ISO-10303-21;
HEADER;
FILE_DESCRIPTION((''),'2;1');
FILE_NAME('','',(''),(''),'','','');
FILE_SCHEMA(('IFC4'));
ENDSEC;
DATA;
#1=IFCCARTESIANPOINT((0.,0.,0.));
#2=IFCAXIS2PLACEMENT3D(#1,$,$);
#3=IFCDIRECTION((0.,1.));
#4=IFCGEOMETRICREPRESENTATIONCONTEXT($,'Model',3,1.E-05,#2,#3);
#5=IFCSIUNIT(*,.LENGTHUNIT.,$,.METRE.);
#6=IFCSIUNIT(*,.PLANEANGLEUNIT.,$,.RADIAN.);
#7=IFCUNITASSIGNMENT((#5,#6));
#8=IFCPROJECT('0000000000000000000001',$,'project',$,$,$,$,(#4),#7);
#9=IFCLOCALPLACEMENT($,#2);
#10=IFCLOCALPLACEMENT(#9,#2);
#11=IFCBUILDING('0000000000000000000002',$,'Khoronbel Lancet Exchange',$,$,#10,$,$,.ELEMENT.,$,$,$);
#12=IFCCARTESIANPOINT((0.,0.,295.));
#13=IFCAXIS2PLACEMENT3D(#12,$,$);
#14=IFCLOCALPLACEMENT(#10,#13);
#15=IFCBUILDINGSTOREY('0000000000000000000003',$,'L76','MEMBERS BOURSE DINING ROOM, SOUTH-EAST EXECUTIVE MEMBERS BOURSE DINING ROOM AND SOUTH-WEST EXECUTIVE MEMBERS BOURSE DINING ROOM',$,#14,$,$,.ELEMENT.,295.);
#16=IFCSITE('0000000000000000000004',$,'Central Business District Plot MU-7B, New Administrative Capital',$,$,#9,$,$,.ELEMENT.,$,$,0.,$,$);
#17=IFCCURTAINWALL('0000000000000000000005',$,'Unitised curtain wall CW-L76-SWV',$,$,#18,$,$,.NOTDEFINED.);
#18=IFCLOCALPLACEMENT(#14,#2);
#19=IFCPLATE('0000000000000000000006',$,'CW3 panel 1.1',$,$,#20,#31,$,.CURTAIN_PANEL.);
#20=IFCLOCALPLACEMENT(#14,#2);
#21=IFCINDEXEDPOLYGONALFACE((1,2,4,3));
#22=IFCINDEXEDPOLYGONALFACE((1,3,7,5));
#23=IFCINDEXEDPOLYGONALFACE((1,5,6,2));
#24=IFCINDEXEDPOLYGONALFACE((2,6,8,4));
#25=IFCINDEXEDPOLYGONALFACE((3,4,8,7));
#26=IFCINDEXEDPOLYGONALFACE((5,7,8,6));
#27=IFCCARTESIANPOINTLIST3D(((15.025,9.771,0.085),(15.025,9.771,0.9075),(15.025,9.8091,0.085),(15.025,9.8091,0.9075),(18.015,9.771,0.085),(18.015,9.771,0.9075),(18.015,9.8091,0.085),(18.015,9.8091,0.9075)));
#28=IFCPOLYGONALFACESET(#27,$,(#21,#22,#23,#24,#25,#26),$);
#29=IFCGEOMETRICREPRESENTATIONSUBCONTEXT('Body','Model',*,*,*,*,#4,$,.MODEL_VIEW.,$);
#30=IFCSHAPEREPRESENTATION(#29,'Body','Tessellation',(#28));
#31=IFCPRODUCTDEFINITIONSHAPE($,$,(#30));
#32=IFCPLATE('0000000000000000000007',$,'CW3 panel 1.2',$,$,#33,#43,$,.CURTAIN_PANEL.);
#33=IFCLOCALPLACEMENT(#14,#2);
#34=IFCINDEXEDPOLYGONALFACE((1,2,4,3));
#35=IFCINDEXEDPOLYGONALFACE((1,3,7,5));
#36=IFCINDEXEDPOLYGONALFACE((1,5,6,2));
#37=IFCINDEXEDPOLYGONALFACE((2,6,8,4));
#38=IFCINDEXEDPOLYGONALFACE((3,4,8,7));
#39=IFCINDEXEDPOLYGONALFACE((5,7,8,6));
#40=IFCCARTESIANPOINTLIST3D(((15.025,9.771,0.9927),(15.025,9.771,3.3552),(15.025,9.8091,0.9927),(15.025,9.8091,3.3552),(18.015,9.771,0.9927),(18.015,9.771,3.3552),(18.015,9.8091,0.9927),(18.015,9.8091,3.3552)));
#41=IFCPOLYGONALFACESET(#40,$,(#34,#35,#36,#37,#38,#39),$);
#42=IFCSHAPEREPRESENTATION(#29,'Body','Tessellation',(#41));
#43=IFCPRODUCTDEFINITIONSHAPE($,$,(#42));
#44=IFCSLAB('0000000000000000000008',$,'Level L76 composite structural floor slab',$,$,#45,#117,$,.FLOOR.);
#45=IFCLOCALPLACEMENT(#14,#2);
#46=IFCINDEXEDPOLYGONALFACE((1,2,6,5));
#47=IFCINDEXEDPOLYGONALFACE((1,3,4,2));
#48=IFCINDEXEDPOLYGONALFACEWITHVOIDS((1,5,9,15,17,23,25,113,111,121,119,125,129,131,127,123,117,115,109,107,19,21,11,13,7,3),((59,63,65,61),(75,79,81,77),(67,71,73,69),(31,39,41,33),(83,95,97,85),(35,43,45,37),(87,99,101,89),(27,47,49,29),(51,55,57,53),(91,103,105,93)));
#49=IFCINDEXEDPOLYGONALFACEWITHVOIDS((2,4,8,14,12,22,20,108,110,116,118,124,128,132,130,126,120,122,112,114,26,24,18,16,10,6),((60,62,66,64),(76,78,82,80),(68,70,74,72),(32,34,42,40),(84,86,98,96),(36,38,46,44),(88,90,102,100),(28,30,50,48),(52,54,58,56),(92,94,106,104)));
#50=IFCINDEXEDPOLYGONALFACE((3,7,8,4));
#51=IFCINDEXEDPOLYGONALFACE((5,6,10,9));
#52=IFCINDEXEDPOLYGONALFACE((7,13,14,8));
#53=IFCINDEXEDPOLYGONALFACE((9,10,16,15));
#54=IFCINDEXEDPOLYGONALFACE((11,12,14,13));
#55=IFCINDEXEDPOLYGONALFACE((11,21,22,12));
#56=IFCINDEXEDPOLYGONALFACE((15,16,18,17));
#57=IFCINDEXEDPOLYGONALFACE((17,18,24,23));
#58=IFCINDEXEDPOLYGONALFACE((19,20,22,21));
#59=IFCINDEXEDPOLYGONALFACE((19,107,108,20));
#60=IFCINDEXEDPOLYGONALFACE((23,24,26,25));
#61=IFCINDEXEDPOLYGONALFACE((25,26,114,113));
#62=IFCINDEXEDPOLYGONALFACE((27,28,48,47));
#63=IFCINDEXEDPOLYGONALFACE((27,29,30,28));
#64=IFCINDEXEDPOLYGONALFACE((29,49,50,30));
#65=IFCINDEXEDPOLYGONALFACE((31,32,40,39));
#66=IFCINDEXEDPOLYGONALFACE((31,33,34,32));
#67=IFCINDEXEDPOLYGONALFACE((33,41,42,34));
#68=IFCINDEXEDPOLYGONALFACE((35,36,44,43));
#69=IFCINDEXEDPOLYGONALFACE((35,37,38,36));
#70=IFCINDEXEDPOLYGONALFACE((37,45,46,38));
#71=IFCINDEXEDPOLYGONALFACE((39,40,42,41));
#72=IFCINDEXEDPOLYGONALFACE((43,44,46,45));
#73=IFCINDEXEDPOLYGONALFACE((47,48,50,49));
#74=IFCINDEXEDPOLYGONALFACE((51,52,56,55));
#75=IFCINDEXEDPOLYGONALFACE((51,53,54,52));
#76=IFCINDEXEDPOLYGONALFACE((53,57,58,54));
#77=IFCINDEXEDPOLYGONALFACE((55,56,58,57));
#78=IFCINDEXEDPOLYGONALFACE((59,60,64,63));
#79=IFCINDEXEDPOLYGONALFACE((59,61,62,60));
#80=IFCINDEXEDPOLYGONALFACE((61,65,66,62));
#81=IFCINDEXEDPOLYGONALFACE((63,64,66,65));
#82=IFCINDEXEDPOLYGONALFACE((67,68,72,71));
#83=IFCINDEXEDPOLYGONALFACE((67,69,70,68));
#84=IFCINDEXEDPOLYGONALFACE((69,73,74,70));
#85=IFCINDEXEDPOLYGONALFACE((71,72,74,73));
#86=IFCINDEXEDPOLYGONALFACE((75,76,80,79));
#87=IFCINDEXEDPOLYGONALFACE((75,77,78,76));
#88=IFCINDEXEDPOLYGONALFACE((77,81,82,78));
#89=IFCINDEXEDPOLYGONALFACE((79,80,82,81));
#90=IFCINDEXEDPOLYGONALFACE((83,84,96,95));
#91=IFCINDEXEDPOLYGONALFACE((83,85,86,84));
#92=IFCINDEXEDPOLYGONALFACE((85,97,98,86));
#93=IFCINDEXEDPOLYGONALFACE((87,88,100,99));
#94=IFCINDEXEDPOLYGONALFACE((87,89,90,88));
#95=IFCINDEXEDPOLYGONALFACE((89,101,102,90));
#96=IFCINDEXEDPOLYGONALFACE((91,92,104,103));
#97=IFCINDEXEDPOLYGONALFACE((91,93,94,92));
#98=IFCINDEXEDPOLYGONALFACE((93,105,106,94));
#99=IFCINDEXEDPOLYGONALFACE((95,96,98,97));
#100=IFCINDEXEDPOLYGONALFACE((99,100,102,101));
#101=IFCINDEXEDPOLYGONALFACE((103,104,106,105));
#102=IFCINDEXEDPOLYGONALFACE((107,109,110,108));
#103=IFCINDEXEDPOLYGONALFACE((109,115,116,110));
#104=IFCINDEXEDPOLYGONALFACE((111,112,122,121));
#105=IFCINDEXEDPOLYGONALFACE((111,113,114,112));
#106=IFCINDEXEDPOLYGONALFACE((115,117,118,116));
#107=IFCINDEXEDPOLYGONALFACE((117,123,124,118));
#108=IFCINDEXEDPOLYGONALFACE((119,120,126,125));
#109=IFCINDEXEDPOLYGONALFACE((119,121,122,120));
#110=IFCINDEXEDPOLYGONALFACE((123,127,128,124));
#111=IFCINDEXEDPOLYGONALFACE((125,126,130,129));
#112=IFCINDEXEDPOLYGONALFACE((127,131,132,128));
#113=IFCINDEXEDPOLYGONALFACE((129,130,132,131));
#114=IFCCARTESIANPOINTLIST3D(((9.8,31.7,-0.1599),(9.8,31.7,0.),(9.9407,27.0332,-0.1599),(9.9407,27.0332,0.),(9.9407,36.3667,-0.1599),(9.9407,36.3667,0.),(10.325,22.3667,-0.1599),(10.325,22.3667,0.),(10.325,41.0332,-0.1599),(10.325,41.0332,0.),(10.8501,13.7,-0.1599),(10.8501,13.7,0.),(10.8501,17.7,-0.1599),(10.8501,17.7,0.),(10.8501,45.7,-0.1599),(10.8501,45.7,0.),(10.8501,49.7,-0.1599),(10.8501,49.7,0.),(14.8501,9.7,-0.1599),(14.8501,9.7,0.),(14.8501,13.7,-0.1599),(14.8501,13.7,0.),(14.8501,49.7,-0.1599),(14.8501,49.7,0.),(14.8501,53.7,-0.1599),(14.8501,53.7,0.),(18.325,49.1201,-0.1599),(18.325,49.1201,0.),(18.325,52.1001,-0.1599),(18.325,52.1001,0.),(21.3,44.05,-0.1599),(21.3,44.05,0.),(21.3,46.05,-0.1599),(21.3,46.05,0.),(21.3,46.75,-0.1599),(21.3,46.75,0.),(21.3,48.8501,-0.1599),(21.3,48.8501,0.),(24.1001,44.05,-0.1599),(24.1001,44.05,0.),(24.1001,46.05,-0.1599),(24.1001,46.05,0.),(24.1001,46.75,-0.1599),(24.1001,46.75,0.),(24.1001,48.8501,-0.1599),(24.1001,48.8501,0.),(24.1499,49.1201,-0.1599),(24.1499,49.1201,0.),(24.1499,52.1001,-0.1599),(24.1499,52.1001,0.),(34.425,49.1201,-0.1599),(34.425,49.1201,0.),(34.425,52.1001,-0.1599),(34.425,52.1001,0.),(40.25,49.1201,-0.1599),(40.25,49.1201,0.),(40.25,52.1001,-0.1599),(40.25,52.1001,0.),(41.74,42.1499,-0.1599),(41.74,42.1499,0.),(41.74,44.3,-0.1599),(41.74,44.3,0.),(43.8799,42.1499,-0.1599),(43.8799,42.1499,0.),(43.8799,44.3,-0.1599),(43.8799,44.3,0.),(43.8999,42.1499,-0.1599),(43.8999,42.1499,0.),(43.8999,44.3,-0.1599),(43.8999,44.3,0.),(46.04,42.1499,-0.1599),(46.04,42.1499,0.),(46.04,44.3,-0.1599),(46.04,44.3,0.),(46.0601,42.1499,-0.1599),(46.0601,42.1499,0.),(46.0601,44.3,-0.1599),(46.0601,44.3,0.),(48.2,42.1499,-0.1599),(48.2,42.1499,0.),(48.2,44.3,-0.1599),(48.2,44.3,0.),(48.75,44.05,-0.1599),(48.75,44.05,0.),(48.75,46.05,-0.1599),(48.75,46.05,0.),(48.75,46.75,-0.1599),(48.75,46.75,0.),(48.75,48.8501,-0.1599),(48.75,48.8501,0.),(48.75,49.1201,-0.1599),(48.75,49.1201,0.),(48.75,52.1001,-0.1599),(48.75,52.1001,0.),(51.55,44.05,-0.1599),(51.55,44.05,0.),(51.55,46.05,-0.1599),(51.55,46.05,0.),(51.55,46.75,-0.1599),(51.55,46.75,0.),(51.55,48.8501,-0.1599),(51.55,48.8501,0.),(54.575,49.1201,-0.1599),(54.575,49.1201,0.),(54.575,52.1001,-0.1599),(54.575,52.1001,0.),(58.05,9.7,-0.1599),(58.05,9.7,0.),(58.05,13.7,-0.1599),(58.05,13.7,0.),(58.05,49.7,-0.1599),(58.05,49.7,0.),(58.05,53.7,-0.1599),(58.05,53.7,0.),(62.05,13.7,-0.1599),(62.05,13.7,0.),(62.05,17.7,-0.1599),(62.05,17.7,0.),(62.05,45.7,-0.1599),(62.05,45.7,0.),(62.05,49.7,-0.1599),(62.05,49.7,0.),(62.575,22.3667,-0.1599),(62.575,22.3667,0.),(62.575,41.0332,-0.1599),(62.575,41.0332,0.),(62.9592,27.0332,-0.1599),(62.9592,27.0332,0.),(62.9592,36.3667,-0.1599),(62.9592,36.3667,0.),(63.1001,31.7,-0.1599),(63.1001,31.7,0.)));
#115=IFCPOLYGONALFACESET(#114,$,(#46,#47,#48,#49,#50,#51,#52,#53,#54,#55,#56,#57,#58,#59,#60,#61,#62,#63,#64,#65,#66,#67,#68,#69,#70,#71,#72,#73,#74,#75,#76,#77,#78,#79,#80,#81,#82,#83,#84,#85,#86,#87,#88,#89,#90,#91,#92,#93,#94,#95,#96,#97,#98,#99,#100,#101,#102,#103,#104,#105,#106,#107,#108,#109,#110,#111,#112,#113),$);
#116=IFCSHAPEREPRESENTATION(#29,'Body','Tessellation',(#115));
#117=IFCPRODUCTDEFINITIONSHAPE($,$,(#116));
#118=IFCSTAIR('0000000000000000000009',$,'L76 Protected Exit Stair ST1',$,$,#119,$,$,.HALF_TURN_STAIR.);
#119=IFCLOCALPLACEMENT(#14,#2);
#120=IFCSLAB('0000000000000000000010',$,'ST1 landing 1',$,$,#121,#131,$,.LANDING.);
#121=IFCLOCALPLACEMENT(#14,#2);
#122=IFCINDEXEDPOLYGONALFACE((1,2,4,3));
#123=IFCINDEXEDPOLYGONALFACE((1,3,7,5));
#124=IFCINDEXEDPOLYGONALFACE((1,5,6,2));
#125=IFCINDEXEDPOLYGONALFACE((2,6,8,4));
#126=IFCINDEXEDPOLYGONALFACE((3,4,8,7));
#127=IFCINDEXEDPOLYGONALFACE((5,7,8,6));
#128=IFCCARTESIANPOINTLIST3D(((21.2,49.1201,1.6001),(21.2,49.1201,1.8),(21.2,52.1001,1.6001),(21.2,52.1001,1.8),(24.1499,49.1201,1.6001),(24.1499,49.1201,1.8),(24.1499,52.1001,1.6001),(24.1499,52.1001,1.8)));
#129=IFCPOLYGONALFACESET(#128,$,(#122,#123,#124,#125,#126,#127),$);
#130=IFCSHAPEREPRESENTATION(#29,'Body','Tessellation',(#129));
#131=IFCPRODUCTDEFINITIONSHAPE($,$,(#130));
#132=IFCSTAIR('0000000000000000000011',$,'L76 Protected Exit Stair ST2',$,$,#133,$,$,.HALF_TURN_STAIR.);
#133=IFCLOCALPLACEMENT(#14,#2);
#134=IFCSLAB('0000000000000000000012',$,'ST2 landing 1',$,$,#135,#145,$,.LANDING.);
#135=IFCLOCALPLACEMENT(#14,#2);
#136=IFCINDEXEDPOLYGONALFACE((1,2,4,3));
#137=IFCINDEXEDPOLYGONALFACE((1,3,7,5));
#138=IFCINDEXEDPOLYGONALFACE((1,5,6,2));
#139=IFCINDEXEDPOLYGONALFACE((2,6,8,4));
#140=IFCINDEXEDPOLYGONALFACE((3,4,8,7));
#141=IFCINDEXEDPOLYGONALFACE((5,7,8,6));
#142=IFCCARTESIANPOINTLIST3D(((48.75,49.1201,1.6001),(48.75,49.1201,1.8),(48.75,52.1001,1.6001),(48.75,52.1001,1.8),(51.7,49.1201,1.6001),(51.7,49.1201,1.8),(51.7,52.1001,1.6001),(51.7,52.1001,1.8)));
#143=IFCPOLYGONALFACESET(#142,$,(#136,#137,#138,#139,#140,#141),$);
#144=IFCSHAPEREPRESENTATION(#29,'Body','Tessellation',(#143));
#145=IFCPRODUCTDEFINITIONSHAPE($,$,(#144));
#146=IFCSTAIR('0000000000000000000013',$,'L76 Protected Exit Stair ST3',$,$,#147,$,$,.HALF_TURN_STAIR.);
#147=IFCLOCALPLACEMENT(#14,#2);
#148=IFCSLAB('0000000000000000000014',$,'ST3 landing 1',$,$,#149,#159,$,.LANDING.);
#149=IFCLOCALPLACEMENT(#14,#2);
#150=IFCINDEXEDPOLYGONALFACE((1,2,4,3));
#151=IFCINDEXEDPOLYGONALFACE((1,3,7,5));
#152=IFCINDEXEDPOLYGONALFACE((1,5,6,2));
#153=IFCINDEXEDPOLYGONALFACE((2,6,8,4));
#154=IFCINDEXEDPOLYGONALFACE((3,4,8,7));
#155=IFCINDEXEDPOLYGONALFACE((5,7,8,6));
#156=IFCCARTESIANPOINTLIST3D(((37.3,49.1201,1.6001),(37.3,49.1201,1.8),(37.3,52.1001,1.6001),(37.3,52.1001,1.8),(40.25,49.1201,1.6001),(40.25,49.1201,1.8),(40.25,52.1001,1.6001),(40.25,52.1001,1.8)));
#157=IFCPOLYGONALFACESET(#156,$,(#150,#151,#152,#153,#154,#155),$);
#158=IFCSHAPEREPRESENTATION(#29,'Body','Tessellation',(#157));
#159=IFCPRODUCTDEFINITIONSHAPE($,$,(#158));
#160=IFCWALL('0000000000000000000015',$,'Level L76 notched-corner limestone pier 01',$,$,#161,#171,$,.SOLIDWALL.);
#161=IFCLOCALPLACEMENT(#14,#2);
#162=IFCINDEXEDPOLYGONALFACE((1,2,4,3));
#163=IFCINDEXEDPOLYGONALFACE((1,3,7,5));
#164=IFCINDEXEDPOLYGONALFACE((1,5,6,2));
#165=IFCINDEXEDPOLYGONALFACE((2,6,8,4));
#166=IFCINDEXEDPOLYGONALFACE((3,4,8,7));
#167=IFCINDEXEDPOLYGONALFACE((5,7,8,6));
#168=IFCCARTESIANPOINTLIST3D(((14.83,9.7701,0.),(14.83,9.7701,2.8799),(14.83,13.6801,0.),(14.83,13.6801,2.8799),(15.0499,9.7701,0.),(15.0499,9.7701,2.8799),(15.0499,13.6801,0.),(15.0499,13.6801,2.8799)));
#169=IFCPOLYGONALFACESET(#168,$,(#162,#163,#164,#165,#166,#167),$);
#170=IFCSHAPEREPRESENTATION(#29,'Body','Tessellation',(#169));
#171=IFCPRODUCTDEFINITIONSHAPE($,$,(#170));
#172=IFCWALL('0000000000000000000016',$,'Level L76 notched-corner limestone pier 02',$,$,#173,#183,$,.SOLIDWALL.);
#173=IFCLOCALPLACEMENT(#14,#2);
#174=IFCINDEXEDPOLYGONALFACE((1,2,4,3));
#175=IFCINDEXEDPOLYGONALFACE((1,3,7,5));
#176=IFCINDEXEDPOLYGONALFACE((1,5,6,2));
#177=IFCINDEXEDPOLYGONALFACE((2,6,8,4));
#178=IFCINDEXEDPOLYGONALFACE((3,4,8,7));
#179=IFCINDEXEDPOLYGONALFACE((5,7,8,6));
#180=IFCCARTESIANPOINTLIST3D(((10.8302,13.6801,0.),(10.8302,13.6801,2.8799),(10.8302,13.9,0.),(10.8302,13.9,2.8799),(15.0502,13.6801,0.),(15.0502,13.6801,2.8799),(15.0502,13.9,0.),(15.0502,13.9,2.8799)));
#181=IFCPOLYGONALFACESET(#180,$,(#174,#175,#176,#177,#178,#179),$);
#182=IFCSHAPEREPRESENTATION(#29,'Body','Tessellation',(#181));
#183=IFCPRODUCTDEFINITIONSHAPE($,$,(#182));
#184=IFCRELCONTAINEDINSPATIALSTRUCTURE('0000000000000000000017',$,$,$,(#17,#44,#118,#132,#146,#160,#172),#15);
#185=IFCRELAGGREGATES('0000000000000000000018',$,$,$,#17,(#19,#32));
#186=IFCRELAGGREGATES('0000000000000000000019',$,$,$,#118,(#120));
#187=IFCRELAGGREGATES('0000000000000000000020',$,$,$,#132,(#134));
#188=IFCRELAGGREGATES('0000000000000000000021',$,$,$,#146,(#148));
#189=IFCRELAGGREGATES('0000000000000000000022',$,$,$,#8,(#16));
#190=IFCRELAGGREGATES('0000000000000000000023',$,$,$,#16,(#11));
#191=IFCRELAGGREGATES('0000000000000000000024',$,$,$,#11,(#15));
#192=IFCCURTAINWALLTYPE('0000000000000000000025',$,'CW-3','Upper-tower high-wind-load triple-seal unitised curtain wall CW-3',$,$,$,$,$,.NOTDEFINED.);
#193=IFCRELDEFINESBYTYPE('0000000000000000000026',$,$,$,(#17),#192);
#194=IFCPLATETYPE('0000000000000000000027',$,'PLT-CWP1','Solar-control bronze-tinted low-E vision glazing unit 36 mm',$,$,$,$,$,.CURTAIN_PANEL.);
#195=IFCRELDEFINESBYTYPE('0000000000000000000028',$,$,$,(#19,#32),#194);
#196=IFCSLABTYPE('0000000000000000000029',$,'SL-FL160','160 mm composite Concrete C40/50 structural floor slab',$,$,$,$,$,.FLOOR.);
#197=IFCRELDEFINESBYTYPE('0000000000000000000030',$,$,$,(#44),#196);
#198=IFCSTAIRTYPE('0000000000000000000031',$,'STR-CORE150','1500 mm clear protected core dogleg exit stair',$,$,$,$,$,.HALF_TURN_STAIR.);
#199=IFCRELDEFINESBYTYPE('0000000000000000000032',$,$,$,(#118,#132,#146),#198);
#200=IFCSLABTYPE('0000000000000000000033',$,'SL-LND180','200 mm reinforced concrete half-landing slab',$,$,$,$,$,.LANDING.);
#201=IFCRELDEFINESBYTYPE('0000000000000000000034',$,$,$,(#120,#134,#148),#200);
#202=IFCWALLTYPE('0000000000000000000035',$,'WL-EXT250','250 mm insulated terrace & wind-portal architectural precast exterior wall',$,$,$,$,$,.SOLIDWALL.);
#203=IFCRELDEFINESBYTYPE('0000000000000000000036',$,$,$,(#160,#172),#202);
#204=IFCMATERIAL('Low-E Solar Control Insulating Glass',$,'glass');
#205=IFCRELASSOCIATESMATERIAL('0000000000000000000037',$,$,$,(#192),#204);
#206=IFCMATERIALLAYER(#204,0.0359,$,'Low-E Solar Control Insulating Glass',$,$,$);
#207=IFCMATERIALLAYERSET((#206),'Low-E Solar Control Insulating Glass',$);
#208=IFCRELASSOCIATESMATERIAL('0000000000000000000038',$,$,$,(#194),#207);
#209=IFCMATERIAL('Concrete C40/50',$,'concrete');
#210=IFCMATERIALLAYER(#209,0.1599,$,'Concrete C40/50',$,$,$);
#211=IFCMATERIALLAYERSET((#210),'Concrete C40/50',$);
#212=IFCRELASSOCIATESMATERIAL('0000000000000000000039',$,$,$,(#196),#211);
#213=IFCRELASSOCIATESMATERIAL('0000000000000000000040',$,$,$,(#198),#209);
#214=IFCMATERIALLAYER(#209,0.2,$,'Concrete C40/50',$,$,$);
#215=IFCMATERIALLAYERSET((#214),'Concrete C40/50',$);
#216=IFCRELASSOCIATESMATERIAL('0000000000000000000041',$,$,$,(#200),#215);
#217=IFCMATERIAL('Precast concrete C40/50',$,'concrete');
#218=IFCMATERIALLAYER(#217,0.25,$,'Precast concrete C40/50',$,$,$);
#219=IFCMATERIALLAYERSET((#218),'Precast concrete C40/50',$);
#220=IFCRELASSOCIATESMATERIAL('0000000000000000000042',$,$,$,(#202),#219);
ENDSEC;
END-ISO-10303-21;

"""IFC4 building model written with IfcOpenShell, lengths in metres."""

from ifc_helpers import new_model, si_unit, direction, frame, frame_2d, origin, origin_2d, place, context, subcontext, project, spatial, polyline, rectangle, outline, extrude, material, layer, layer_set, type_object, element, aggregate, save


model = new_model("IFC4")

# Units and contexts
model_context = context("Model", 3, precision=1e-05, world=origin(), true_north=direction((0.0, 1.0)))
body_context = subcontext(model_context, "Body", "Model", "MODEL_VIEW")
ifc_project = project(units=[si_unit("LENGTHUNIT", "METRE"), si_unit("PLANEANGLEUNIT", "RADIAN")], contexts=[model_context])

# Site, building, storey
site_placement = place(None, origin())
site = spatial("IfcSite", under=ifc_project, at=site_placement, Name="Central Business District Plot MU-7B, New Administrative Capital", CompositionType="ELEMENT", RefElevation=0.0)
building_placement = place(site_placement, origin())
building = spatial("IfcBuilding", under=site, at=building_placement, Name="Khoronbel Lancet Exchange", CompositionType="ELEMENT")
storey_placement = place(building_placement, frame((0.0, 0.0, 295.0)))
storey = spatial("IfcBuildingStorey", under=building, at=storey_placement, Name="L76", Description="MEMBERS BOURSE DINING ROOM, SOUTH-EAST EXECUTIVE MEMBERS BOURSE DINING ROOM AND SOUTH-WEST EXECUTIVE MEMBERS BOURSE DINING ROOM", CompositionType="ELEMENT", Elevation=295.0)

# Curtain wall
ifc_material_1 = material(Name="Low-E Solar Control Insulating Glass", Category="glass")
curtain_wall_type = type_object("IfcCurtainWallType", Name="CW-3", Description="Upper-tower high-wind-load triple-seal unitised curtain wall CW-3", PredefinedType="NOTDEFINED", material=ifc_material_1)
curtain_wall_1_placement = place(storey_placement, origin())
curtain_wall_1 = element("IfcCurtainWall", 1, at=curtain_wall_1_placement, inside=storey, type_object=curtain_wall_type, Name="Unitised curtain wall CW-L76-SWV", PredefinedType="NOTDEFINED")

# Plates
ifc_layer_1 = layer(ifc_material_1, 0.0359, Name="Low-E Solar Control Insulating Glass")
ifc_layer_set_1 = layer_set([ifc_layer_1], Name="Low-E Solar Control Insulating Glass")
plate_type = type_object("IfcPlateType", Name="PLT-CWP1", Description="Solar-control bronze-tinted low-E vision glazing unit 36 mm", PredefinedType="CURTAIN_PANEL", material=ifc_layer_set_1)
plate_1_placement = place(storey_placement, frame((16.52, 9.79, 0.085), z_axis=(0.0, 0.0, 1.0), x_axis=(1.0, 0.0, 0.0)))
plate_1 = element("IfcPlate", 2, at=plate_1_placement, type_object=plate_type, Name="CW3 panel 1.1", PredefinedType="CURTAIN_PANEL", context=body_context, shape_type="SweptSolid", body=[
    extrude(rectangle(XDim=2.99, YDim=0.0381, at=origin_2d()), origin(), (0.0, 0.0, 1.0), 0.8225),
])
plate_2_placement = place(storey_placement, frame((16.52, 9.79, 0.9927), z_axis=(0.0, 0.0, 1.0), x_axis=(1.0, 0.0, 0.0)))
plate_2 = element("IfcPlate", 3, at=plate_2_placement, type_object=plate_type, Name="CW3 panel 1.2", PredefinedType="CURTAIN_PANEL", context=body_context, shape_type="SweptSolid", body=[
    extrude(rectangle(XDim=2.99, YDim=0.0381, at=origin_2d()), origin(), (0.0, 0.0, 1.0), 2.3625),
])
aggregate(curtain_wall_1, [plate_1, plate_2])

# Slab
ifc_material_2 = material(Name="Concrete C40/50", Category="concrete")
ifc_layer_2 = layer(ifc_material_2, 0.1599, Name="Concrete C40/50")
ifc_layer_set_2 = layer_set([ifc_layer_2], Name="Concrete C40/50")
slab_type_1 = type_object("IfcSlabType", Name="SL-FL160", Description="160 mm composite Concrete C40/50 structural floor slab", PredefinedType="FLOOR", material=ifc_layer_set_2)
slab_1_placement = place(storey_placement, frame((0.0, 0.0, -0.1599)))
element("IfcSlab", 4, at=slab_1_placement, inside=storey, type_object=slab_type_1, Name="Level L76 composite structural floor slab", PredefinedType="FLOOR", context=body_context, shape_type="SweptSolid", body=[
    extrude(outline(polyline([(14.8501, 9.7), (58.05, 9.7), (58.05, 13.7), (62.05, 13.7), (62.05, 17.7), (62.575, 22.3667), (62.9592, 27.0332), (63.1001, 31.7), (62.9592, 36.3667), (62.575, 41.0332), (62.05, 45.7), (62.05, 49.7), (58.05, 49.7), (58.05, 53.7), (14.8501, 53.7), (14.8501, 49.7), (10.8501, 49.7), (10.8501, 45.7), (10.325, 41.0332), (9.9407, 36.3667), (9.8, 31.7), (9.9407, 27.0332), (10.325, 22.3667), (10.8501, 17.7), (10.8501, 13.7), (14.8501, 13.7), (14.8501, 9.7)]), holes=[polyline([(18.325, 49.1201), (24.1499, 49.1201), (24.1499, 52.1001), (18.325, 52.1001), (18.325, 49.1201)]), polyline([(48.75, 49.1201), (54.575, 49.1201), (54.575, 52.1001), (48.75, 52.1001), (48.75, 49.1201)]), polyline([(34.425, 49.1201), (40.25, 49.1201), (40.25, 52.1001), (34.425, 52.1001), (34.425, 49.1201)]), polyline([(41.74, 42.1499), (43.8799, 42.1499), (43.8799, 44.3), (41.74, 44.3), (41.74, 42.1499)]), polyline([(43.8999, 42.1499), (46.04, 42.1499), (46.04, 44.3), (43.8999, 44.3), (43.8999, 42.1499)]), polyline([(46.0601, 42.1499), (48.2, 42.1499), (48.2, 44.3), (46.0601, 44.3), (46.0601, 42.1499)]), polyline([(21.3, 46.75), (24.1001, 46.75), (24.1001, 48.8501), (21.3, 48.8501), (21.3, 46.75)]), polyline([(48.75, 46.75), (51.55, 46.75), (51.55, 48.8501), (48.75, 48.8501), (48.75, 46.75)]), polyline([(21.3, 44.05), (24.1001, 44.05), (24.1001, 46.05), (21.3, 46.05), (21.3, 44.05)]), polyline([(48.75, 44.05), (51.55, 44.05), (51.55, 46.05), (48.75, 46.05), (48.75, 44.05)])]), origin(), (0.0, 0.0, 1.0), 0.1599),
])

# Stairs, slabs
stair_type = type_object("IfcStairType", Name="STR-CORE150", Description="1500 mm clear protected core dogleg exit stair", PredefinedType="HALF_TURN_STAIR", material=ifc_material_2)
stair_1_placement = place(storey_placement, origin())
stair_1 = element("IfcStair", 5, at=stair_1_placement, inside=storey, type_object=stair_type, Name="L76 Protected Exit Stair ST1", PredefinedType="HALF_TURN_STAIR")
ifc_layer_3 = layer(ifc_material_2, 0.2, Name="Concrete C40/50")
ifc_layer_set_3 = layer_set([ifc_layer_3], Name="Concrete C40/50")
slab_type_2 = type_object("IfcSlabType", Name="SL-LND180", Description="200 mm reinforced concrete half-landing slab", PredefinedType="LANDING", material=ifc_layer_set_3)
slab_2_placement = place(storey_placement, frame((0.0, 0.0, 1.6001)))
slab_2 = element("IfcSlab", 6, at=slab_2_placement, type_object=slab_type_2, Name="ST1 landing 1", PredefinedType="LANDING", context=body_context, shape_type="SweptSolid", body=[
    extrude(outline(polyline([(21.2, 49.1201), (24.1499, 49.1201), (24.1499, 52.1001), (21.2, 52.1001), (21.2, 49.1201)])), origin(), (0.0, 0.0, 1.0), 0.2),
])
aggregate(stair_1, [slab_2])
stair_2_placement = place(storey_placement, origin())
stair_2 = element("IfcStair", 7, at=stair_2_placement, inside=storey, type_object=stair_type, Name="L76 Protected Exit Stair ST2", PredefinedType="HALF_TURN_STAIR")
slab_3_placement = place(storey_placement, frame((0.0, 0.0, 1.6001)))
slab_3 = element("IfcSlab", 8, at=slab_3_placement, type_object=slab_type_2, Name="ST2 landing 1", PredefinedType="LANDING", context=body_context, shape_type="SweptSolid", body=[
    extrude(outline(polyline([(51.7, 52.1001), (48.75, 52.1001), (48.75, 49.1201), (51.7, 49.1201), (51.7, 52.1001)])), origin(), (0.0, 0.0, 1.0), 0.2),
])
aggregate(stair_2, [slab_3])
stair_3_placement = place(storey_placement, origin())
stair_3 = element("IfcStair", 9, at=stair_3_placement, inside=storey, type_object=stair_type, Name="L76 Protected Exit Stair ST3", PredefinedType="HALF_TURN_STAIR")
slab_4_placement = place(storey_placement, frame((0.0, 0.0, 1.6001)))
slab_4 = element("IfcSlab", 10, at=slab_4_placement, type_object=slab_type_2, Name="ST3 landing 1", PredefinedType="LANDING", context=body_context, shape_type="SweptSolid", body=[
    extrude(outline(polyline([(37.3, 49.1201), (40.25, 49.1201), (40.25, 52.1001), (37.3, 52.1001), (37.3, 49.1201)])), origin(), (0.0, 0.0, 1.0), 0.2),
])
aggregate(stair_3, [slab_4])

# Walls
ifc_material_3 = material(Name="Precast concrete C40/50", Category="concrete")
ifc_layer_4 = layer(ifc_material_3, 0.25, Name="Precast concrete C40/50")
ifc_layer_set_4 = layer_set([ifc_layer_4], Name="Precast concrete C40/50")
wall_type_1 = type_object("IfcWallType", Name="WL-EXT250", Description="250 mm insulated terrace & wind-portal architectural precast exterior wall", PredefinedType="SOLIDWALL", material=ifc_layer_set_4)
wall_1_placement = place(storey_placement, frame((14.9399, 9.77, 0.0), z_axis=(0.0, 0.0, 1.0), x_axis=(0.0, 1.0, 0.0)))
element("IfcWall", 11, at=wall_1_placement, inside=storey, type_object=wall_type_1, Name="Level L76 notched-corner limestone pier 01", PredefinedType="SOLIDWALL", context=body_context, shape_type="SweptSolid", body=[
    extrude(rectangle(XDim=3.9099, YDim=0.22, at=frame_2d((1.9551, 0.0))), origin(), (0.0, 0.0, 1.0), 2.8799),
])
wall_2_placement = place(storey_placement, frame((15.05, 13.79, 0.0), z_axis=(0.0, 0.0, 1.0), x_axis=(-1.0, 0.0, 0.0)))
element("IfcWall", 12, at=wall_2_placement, inside=storey, type_object=wall_type_1, Name="Level L76 notched-corner limestone pier 02", PredefinedType="SOLIDWALL", context=body_context, shape_type="SweptSolid", body=[
    extrude(rectangle(XDim=4.22, YDim=0.22, at=frame_2d((2.1099, 0.0))), origin(), (0.0, 0.0, 1.0), 2.8799),
])

save(model, "model.ifc")
